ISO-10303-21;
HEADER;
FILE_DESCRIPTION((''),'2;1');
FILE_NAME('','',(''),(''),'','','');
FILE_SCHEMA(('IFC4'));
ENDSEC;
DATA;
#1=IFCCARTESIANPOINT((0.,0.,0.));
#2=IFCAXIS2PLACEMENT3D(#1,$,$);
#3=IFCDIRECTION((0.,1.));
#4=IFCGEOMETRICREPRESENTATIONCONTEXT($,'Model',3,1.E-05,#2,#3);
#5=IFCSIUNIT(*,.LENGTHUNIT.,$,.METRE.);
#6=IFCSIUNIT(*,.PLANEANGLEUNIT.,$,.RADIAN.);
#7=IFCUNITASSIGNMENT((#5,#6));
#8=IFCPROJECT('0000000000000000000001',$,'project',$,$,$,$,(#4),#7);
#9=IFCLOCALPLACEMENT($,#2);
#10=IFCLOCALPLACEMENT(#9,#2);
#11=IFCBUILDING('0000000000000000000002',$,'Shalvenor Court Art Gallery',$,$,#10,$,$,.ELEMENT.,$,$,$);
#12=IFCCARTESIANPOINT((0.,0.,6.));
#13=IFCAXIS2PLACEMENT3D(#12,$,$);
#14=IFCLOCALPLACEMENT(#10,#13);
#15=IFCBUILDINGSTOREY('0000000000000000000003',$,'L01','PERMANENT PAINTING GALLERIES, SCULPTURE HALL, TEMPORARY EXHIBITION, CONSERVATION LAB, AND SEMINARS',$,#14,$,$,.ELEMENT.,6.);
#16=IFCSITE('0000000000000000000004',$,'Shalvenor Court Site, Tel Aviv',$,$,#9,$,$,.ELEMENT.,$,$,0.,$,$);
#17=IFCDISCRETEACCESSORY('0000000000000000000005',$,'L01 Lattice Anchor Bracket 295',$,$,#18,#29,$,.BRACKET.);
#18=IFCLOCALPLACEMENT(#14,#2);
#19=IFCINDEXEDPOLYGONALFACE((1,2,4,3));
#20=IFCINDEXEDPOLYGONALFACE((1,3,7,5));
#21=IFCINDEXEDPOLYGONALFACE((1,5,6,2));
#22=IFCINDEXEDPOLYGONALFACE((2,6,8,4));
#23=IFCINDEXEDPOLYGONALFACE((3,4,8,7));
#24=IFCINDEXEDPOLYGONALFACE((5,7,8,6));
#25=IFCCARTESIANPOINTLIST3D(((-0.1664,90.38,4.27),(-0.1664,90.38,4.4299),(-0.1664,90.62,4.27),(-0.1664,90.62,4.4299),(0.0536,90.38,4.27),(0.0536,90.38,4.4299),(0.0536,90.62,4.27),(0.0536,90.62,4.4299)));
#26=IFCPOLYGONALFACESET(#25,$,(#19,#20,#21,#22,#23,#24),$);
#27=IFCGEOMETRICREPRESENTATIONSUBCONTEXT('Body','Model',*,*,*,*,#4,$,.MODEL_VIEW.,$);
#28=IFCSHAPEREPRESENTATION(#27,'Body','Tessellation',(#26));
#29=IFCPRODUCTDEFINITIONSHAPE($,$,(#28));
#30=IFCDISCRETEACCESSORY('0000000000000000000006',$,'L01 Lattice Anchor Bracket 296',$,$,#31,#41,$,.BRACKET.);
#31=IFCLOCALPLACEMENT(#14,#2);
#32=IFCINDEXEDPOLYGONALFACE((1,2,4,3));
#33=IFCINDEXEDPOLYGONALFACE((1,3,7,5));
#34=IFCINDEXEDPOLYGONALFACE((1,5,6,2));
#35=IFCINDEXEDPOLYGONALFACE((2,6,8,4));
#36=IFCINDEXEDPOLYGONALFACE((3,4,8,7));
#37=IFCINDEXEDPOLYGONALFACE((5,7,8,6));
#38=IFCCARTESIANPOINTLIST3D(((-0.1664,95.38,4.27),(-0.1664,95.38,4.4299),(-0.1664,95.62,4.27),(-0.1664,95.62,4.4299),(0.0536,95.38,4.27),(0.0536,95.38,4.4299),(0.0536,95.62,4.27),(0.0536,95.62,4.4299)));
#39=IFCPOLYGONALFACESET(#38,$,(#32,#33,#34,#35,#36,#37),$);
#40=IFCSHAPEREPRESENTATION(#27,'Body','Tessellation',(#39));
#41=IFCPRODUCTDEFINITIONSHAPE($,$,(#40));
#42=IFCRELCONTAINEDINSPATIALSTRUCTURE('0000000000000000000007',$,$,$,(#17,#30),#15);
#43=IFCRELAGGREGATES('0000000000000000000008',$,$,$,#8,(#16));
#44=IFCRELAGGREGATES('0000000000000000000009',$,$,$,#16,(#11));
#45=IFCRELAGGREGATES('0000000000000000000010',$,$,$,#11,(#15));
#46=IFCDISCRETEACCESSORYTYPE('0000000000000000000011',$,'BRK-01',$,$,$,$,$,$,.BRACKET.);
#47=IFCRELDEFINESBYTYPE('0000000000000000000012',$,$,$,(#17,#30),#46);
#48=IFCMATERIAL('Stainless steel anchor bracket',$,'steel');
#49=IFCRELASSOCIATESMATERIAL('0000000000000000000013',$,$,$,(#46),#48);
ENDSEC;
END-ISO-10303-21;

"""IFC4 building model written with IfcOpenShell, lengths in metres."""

from ifc_helpers import new_model, si_unit, direction, frame, origin, origin_2d, place, context, subcontext, project, spatial, rectangle, extrude, material, type_object, element, save


model = new_model("IFC4")

# Units and contexts
model_context = context("Model", 3, precision=1e-05, world=origin(), true_north=direction((0.0, 1.0)))
body_context = subcontext(model_context, "Body", "Model", "MODEL_VIEW")
ifc_project = project(units=[si_unit("LENGTHUNIT", "METRE"), si_unit("PLANEANGLEUNIT", "RADIAN")], contexts=[model_context])

# Site, building, storey
site_placement = place(None, origin())
site = spatial("IfcSite", under=ifc_project, at=site_placement, Name="Shalvenor Court Site, Tel Aviv", CompositionType="ELEMENT", RefElevation=0.0)
building_placement = place(site_placement, origin())
building = spatial("IfcBuilding", under=site, at=building_placement, Name="Shalvenor Court Art Gallery", CompositionType="ELEMENT")
storey_placement = place(building_placement, frame((0.0, 0.0, 6.0)))
storey = spatial("IfcBuildingStorey", under=building, at=storey_placement, Name="L01", Description="PERMANENT PAINTING GALLERIES, SCULPTURE HALL, TEMPORARY EXHIBITION, CONSERVATION LAB, AND SEMINARS", CompositionType="ELEMENT", Elevation=6.0)

# Discrete accessories
ifc_material_1 = material(Name="Stainless steel anchor bracket", Category="steel")
discrete_accessory_type = type_object("IfcDiscreteAccessoryType", Name="BRK-01", PredefinedType="BRACKET", material=ifc_material_1)
for number, where, z_axis, x_axis, name in (
    (1, (-0.0564, 90.5, 4.27), (0.0, 0.0, 1.0), (0.0, 1.0, 0.0), "L01 Lattice Anchor Bracket 295"),
    (2, (-0.0564, 95.5, 4.27), (0.0, 0.0, 1.0), (0.0, 1.0, 0.0), "L01 Lattice Anchor Bracket 296"),
):
    element("IfcDiscreteAccessory", number, at=place(storey_placement, frame(where, z_axis=z_axis, x_axis=x_axis)), inside=storey, type_object=discrete_accessory_type, Name=name, PredefinedType="BRACKET", context=body_context, shape_type="SweptSolid", body=[
        extrude(rectangle(XDim=0.24, YDim=0.22, at=origin_2d()), origin(), (0.0, 0.0, 1.0), 0.1599),
    ])

save(model, "model.ifc")
